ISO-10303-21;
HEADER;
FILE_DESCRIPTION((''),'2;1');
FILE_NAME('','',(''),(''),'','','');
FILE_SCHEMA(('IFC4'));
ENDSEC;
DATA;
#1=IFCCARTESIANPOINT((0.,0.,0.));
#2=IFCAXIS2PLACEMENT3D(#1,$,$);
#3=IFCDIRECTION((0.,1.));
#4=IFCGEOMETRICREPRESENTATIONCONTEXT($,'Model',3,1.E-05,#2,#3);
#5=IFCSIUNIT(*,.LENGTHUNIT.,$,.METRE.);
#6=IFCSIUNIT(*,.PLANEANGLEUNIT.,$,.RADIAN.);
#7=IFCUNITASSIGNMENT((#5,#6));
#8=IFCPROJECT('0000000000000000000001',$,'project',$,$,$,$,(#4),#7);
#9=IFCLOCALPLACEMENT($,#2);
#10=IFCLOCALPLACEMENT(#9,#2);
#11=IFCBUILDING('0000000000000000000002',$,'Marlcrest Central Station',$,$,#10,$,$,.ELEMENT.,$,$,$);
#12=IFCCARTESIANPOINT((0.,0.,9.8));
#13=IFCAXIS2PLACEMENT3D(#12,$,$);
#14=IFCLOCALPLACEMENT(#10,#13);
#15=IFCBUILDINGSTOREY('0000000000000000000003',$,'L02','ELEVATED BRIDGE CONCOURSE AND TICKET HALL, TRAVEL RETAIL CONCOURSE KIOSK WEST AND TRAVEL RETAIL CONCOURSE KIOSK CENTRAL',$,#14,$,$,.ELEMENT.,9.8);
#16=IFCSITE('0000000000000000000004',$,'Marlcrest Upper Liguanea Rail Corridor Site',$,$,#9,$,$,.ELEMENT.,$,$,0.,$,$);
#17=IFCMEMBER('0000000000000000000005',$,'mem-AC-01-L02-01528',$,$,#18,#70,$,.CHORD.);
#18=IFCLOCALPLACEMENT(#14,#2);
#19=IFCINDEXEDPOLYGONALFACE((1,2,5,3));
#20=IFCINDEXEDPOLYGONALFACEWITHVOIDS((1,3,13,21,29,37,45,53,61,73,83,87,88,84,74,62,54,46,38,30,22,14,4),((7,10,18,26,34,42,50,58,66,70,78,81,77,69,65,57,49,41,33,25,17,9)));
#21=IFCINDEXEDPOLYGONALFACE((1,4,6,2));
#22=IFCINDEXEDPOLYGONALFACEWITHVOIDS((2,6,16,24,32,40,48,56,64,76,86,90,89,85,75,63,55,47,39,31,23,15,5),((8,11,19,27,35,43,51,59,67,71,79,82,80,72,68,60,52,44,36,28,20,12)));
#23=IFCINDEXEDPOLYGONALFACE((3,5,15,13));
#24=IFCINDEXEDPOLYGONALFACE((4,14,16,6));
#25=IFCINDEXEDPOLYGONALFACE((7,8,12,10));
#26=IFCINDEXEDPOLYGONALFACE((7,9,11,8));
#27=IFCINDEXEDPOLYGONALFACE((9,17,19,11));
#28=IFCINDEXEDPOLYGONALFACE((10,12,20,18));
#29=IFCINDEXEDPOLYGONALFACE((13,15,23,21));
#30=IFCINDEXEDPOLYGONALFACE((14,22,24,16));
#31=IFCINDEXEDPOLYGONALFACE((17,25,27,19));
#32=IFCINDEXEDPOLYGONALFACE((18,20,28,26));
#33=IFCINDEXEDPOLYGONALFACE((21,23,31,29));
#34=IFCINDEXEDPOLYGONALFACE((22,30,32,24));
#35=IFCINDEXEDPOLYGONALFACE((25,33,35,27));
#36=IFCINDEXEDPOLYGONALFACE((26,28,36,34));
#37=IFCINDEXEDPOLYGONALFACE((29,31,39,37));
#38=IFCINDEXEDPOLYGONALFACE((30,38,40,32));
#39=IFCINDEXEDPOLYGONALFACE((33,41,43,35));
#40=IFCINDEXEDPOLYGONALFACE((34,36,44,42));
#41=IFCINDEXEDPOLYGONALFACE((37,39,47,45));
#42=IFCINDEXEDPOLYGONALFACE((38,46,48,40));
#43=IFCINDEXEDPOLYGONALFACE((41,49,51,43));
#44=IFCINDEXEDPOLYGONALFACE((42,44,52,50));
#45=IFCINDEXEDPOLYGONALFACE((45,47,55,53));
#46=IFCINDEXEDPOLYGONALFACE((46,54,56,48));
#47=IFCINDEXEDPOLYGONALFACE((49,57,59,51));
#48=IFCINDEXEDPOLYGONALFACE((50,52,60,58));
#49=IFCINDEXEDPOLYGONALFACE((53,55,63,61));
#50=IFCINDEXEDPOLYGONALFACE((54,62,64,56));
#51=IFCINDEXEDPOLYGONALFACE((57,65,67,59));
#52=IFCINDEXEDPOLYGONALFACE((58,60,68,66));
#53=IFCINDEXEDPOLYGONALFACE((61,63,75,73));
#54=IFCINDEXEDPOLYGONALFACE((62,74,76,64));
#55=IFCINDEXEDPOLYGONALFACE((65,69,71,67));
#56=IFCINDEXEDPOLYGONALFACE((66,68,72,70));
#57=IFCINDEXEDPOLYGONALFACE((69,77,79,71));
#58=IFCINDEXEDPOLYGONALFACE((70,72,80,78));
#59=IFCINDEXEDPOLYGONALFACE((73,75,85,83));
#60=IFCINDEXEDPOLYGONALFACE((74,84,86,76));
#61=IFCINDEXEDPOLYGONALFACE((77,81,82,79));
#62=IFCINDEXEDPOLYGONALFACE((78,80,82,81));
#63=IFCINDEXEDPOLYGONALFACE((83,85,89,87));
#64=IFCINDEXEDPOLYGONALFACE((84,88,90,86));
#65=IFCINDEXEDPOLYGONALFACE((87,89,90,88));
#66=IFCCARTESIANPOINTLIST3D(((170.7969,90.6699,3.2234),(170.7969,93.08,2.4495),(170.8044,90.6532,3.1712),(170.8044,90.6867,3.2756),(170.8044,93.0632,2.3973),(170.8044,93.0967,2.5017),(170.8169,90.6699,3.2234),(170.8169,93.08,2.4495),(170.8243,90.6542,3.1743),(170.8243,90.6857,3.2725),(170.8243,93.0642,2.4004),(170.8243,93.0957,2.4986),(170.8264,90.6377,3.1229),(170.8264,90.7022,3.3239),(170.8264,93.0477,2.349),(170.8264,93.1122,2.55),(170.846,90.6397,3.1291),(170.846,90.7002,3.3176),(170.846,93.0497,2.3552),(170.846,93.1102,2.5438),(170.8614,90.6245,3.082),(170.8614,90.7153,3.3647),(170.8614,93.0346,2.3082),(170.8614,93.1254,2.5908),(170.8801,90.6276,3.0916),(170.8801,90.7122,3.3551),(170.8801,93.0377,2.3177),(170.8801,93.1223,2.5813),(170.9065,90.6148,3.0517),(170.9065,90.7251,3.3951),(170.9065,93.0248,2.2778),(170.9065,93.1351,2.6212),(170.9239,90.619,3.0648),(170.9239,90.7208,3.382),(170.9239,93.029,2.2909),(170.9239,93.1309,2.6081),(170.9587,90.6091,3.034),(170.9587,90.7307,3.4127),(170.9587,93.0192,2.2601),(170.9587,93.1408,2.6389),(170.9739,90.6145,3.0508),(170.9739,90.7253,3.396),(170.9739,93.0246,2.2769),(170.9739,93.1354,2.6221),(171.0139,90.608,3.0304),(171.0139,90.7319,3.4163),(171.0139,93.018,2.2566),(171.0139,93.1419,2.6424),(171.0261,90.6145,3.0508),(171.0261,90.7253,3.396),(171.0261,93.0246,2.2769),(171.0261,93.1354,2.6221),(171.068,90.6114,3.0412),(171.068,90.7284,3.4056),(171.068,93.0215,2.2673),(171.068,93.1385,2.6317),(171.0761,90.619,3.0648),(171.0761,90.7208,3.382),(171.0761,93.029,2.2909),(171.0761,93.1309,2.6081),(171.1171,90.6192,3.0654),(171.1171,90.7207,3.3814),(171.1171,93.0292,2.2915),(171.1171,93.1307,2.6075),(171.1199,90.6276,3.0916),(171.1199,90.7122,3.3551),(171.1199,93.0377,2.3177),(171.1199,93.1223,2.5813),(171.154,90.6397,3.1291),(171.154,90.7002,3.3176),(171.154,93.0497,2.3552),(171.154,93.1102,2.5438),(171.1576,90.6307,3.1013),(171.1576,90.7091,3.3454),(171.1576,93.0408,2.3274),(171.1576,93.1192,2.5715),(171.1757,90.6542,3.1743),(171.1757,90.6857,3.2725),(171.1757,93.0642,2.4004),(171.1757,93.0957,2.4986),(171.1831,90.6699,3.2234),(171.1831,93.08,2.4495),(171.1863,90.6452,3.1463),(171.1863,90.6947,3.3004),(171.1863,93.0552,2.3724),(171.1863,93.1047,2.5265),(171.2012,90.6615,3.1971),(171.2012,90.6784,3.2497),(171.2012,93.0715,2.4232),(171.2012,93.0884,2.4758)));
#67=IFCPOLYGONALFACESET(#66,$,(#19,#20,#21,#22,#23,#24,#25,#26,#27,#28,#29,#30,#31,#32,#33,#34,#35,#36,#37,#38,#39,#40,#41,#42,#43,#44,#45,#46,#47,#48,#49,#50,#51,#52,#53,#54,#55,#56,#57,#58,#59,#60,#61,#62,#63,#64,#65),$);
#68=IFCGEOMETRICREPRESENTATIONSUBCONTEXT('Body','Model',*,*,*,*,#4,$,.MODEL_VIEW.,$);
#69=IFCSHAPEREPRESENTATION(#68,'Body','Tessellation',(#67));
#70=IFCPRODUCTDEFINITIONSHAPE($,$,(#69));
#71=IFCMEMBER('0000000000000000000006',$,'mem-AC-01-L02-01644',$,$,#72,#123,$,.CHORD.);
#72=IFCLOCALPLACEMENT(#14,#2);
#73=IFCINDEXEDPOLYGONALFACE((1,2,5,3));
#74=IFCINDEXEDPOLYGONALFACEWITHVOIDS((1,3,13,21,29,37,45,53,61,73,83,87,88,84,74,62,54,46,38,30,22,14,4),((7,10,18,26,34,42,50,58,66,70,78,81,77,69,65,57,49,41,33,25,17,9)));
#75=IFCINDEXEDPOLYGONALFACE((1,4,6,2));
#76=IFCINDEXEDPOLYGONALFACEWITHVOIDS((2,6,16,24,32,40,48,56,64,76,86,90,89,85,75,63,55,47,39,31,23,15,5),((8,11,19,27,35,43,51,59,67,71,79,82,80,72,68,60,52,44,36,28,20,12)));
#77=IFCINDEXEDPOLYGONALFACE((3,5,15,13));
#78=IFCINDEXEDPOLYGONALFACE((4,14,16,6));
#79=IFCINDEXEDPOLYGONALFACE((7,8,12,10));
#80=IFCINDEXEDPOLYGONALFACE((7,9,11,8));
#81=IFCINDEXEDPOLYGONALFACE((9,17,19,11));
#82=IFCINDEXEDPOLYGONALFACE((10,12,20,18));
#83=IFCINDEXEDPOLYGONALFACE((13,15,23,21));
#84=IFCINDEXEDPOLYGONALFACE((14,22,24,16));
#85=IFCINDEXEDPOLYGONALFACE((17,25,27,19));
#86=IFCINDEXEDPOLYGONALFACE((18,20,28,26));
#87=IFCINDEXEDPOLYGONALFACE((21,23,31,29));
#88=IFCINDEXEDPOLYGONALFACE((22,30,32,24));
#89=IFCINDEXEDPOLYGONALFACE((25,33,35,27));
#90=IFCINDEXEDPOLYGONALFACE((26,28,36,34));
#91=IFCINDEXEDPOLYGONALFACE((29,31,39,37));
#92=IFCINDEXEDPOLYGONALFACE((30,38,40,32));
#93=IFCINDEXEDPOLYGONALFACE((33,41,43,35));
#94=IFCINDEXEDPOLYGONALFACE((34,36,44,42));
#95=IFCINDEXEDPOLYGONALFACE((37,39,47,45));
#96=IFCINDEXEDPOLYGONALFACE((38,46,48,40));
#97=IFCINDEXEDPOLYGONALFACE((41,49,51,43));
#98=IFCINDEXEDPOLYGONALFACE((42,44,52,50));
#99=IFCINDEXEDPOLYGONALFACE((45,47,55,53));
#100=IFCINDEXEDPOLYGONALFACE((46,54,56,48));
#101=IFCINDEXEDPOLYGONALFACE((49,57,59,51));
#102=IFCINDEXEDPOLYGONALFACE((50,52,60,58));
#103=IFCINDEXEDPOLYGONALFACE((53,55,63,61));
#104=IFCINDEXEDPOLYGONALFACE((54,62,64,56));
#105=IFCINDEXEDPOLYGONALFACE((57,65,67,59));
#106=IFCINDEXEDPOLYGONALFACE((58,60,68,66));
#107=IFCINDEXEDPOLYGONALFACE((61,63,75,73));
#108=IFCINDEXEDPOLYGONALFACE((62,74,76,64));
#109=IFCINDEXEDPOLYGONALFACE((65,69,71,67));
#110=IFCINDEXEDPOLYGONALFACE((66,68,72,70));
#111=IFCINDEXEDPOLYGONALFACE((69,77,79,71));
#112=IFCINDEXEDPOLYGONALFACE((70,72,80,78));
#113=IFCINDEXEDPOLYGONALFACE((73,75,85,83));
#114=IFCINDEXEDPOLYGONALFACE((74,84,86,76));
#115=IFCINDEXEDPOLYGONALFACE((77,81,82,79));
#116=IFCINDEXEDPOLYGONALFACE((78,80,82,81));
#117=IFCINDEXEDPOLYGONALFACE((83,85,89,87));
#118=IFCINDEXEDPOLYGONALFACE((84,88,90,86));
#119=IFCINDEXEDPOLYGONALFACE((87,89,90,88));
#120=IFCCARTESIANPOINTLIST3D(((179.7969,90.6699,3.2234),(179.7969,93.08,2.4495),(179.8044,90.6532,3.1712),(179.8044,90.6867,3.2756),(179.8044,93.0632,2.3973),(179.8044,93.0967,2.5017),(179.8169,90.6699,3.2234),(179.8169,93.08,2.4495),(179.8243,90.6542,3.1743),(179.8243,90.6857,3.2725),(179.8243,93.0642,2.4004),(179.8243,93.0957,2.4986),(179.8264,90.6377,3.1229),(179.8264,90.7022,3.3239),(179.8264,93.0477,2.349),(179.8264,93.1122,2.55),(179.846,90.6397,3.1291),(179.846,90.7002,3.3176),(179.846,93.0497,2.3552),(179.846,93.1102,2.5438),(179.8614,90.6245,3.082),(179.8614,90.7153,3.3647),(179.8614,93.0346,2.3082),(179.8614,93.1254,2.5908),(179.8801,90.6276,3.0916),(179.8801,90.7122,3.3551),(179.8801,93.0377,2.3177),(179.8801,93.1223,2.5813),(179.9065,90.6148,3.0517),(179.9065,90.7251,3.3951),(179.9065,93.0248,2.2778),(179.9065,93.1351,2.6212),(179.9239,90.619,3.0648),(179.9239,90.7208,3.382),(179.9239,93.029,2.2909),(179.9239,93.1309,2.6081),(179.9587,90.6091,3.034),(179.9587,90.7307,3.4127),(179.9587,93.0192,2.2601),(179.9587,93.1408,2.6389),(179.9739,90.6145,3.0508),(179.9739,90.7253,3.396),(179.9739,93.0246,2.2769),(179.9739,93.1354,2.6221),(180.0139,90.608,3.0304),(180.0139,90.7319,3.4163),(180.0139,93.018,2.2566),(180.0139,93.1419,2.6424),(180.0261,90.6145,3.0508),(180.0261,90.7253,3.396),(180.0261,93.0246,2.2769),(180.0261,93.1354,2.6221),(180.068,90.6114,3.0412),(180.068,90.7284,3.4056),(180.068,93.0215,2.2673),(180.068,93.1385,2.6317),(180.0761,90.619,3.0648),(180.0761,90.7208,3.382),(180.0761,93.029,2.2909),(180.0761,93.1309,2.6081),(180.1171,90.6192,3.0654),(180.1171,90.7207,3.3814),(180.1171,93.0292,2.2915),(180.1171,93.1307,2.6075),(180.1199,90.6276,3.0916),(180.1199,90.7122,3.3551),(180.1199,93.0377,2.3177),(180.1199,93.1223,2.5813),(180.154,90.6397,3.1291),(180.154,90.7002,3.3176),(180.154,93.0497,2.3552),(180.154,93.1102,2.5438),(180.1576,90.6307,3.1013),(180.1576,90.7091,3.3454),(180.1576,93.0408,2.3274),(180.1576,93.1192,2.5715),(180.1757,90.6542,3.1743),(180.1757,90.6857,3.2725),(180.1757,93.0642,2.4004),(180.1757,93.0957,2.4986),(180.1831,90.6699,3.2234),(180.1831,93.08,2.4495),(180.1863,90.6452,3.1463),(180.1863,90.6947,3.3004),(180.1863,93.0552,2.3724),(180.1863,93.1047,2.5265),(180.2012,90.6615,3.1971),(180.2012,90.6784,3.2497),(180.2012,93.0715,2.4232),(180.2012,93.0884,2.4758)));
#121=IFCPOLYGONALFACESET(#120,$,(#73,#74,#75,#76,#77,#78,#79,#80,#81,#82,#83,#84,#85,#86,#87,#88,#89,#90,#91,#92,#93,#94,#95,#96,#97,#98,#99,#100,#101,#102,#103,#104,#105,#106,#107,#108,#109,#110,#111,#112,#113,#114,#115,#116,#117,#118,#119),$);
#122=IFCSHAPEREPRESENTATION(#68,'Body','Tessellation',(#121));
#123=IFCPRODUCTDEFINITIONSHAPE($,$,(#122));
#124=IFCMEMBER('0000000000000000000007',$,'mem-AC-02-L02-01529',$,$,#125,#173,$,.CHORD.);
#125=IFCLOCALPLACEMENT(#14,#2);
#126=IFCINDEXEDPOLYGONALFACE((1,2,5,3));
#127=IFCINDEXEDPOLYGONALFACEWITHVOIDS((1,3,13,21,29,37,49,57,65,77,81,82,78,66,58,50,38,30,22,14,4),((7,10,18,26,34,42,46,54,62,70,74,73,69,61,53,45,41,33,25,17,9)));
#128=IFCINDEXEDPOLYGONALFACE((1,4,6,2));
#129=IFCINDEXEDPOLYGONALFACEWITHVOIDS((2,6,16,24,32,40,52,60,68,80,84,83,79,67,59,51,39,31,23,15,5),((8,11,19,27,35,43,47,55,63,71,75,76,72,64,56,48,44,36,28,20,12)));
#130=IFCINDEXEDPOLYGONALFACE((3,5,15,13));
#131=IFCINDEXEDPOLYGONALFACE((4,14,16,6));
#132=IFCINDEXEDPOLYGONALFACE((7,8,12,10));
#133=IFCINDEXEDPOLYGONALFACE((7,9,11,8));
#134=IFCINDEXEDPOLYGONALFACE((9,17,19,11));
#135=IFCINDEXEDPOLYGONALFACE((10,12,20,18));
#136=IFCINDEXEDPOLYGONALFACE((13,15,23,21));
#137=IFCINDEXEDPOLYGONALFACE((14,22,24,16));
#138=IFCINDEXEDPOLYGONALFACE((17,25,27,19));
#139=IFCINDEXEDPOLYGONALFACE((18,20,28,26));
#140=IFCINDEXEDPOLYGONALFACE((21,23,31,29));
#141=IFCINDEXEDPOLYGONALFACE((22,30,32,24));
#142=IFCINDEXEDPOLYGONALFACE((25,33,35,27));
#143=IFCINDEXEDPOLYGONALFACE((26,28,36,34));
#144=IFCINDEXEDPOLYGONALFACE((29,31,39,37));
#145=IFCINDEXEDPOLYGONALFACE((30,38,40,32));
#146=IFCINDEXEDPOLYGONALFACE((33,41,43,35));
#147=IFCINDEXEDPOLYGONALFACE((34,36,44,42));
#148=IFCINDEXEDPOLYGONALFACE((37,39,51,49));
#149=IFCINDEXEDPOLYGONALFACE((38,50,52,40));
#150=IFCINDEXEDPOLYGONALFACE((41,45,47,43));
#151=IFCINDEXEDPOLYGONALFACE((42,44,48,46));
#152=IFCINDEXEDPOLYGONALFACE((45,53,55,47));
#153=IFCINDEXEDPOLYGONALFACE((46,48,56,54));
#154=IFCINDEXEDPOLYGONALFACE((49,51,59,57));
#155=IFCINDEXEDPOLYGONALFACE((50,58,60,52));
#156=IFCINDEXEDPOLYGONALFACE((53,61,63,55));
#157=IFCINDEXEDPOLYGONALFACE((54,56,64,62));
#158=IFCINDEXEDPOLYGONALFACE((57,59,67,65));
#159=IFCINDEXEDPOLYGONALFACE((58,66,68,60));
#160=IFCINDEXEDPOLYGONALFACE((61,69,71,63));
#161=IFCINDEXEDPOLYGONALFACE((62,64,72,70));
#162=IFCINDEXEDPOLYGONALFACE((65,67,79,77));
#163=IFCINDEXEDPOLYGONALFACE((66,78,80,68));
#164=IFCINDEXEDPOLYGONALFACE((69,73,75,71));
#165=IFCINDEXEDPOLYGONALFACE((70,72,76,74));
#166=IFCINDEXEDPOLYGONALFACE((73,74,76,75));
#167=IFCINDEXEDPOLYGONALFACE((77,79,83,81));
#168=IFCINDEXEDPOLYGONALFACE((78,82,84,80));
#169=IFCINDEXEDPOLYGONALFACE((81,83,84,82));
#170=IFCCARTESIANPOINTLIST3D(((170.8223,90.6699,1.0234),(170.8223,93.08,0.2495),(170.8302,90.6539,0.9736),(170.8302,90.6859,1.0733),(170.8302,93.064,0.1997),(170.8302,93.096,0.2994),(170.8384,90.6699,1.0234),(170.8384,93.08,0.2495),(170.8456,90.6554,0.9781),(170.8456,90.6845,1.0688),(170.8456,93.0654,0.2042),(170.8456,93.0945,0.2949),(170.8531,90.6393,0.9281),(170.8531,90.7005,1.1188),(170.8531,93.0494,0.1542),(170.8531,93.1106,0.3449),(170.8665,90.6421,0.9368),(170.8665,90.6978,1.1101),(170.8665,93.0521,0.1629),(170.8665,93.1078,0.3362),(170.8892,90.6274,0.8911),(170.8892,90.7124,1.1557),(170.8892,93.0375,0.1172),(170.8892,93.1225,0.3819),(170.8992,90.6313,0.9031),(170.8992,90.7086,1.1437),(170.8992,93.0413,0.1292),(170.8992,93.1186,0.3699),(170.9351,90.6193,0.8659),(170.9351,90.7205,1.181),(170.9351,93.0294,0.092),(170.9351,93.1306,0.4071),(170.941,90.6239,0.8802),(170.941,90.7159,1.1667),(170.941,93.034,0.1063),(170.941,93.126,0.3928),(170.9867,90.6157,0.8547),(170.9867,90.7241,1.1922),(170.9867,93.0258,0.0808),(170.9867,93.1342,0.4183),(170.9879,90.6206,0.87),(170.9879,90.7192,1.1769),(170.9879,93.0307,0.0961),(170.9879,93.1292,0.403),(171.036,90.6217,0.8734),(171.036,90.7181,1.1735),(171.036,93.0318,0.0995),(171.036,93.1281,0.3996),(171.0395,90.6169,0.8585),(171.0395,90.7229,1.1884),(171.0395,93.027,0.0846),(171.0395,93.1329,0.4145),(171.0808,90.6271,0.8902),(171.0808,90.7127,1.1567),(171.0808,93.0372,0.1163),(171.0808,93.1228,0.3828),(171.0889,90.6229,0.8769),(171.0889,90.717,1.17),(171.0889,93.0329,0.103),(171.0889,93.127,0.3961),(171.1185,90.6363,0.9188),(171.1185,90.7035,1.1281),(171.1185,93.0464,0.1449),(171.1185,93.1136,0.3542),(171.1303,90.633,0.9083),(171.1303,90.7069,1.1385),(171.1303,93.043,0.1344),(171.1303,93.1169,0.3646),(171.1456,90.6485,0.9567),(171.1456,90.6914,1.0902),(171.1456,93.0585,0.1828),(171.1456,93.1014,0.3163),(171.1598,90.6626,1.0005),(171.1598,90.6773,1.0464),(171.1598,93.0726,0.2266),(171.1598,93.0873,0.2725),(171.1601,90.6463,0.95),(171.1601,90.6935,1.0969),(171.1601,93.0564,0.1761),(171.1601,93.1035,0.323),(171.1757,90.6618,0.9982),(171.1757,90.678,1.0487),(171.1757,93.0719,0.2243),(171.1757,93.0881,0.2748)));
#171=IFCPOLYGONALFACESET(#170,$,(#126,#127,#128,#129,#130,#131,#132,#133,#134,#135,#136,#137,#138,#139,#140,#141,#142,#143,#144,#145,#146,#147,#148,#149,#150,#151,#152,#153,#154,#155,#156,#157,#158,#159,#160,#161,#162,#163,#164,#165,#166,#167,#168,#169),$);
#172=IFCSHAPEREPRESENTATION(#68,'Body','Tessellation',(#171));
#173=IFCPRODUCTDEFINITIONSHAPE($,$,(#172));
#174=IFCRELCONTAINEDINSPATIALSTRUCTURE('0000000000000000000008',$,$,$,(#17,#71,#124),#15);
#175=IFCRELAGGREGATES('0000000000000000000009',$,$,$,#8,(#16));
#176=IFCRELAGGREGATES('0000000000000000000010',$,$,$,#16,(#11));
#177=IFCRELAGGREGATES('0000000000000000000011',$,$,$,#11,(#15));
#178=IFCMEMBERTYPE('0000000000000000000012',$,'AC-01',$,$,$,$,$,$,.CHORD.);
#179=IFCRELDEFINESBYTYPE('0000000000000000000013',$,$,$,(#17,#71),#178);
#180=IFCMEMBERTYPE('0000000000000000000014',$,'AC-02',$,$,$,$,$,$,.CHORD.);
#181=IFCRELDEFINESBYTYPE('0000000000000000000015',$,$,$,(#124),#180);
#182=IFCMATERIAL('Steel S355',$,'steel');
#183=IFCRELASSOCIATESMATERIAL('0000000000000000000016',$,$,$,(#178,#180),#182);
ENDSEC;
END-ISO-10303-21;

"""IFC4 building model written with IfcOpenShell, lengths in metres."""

from ifc_helpers import new_model, si_unit, direction, frame, origin, origin_2d, place, context, subcontext, project, spatial, hollow_circle, extrude, material, material_profile, profile_set, type_object, element, save


model = new_model("IFC4")

# Units and contexts
model_context = context("Model", 3, precision=1e-05, world=origin(), true_north=direction((0.0, 1.0)))
body_context = subcontext(model_context, "Body", "Model", "MODEL_VIEW")
ifc_project = project(units=[si_unit("LENGTHUNIT", "METRE"), si_unit("PLANEANGLEUNIT", "RADIAN")], contexts=[model_context])

# Site, building, storey
site_placement = place(None, origin())
site = spatial("IfcSite", under=ifc_project, at=site_placement, Name="Marlcrest Upper Liguanea Rail Corridor Site", CompositionType="ELEMENT", RefElevation=0.0)
building_placement = place(site_placement, origin())
building = spatial("IfcBuilding", under=site, at=building_placement, Name="Marlcrest Central Station", CompositionType="ELEMENT")
storey_placement = place(building_placement, frame((0.0, 0.0, 9.8)))
storey = spatial("IfcBuildingStorey", under=building, at=storey_placement, Name="L02", Description="ELEVATED BRIDGE CONCOURSE AND TICKET HALL, TRAVEL RETAIL CONCOURSE KIOSK WEST AND TRAVEL RETAIL CONCOURSE KIOSK CENTRAL", CompositionType="ELEMENT", Elevation=9.8)

# Members
ifc_material_1 = material(Name="Steel S355", Category="steel")
ifc_material_profile_1 = material_profile(ifc_material_1, hollow_circle(Radius=0.2031, WallThickness=0.02, at=origin_2d()), Name="CHS 406.4x20")
ifc_profile_set_1 = profile_set([ifc_material_profile_1], Name="Steel S355")
member_type_1 = type_object("IfcMemberType", Name="AC-01", PredefinedType="CHORD", material=ifc_profile_set_1)
for number, where, z_axis, x_axis, name in (
    (1, (171.0, 90.6699, 3.2234), (0.0, 0.952117, -0.305734), (-1.0, 0.0, 0.0), "mem-AC-01-L02-01528"),
    (2, (180.0, 90.6699, 3.2234), (0.0, 0.952117, -0.305734), (-1.0, 0.0, 0.0), "mem-AC-01-L02-01644"),
):
    element("IfcMember", number, at=place(storey_placement, frame(where, z_axis=z_axis, x_axis=x_axis)), inside=storey, type_object=member_type_1, Name=name, PredefinedType="CHORD", context=body_context, shape_type="SweptSolid", body=[
        extrude(hollow_circle(Radius=0.2031, WallThickness=0.02, at=origin_2d()), origin(), (0.0, 0.0, 1.0), 2.5312),
    ])
ifc_material_profile_2 = material_profile(ifc_material_1, hollow_circle(Radius=0.1777, WallThickness=0.0161, at=origin_2d()), Name="CHS 355.6x16")
ifc_profile_set_2 = profile_set([ifc_material_profile_2], Name="Steel S355")
member_type_2 = type_object("IfcMemberType", Name="AC-02", PredefinedType="CHORD", material=ifc_profile_set_2)
for number, where, z_axis, x_axis, name in (
    (3, (171.0, 90.6699, 1.0234), (0.0, 0.952117, -0.305734), (-1.0, 0.0, 0.0), "mem-AC-02-L02-01529"),
):
    element("IfcMember", number, at=place(storey_placement, frame(where, z_axis=z_axis, x_axis=x_axis)), inside=storey, type_object=member_type_2, Name=name, PredefinedType="CHORD", context=body_context, shape_type="SweptSolid", body=[
        extrude(hollow_circle(Radius=0.1777, WallThickness=0.0161, at=origin_2d()), origin(), (0.0, 0.0, 1.0), 2.5312),
    ])

save(model, "model.ifc")
